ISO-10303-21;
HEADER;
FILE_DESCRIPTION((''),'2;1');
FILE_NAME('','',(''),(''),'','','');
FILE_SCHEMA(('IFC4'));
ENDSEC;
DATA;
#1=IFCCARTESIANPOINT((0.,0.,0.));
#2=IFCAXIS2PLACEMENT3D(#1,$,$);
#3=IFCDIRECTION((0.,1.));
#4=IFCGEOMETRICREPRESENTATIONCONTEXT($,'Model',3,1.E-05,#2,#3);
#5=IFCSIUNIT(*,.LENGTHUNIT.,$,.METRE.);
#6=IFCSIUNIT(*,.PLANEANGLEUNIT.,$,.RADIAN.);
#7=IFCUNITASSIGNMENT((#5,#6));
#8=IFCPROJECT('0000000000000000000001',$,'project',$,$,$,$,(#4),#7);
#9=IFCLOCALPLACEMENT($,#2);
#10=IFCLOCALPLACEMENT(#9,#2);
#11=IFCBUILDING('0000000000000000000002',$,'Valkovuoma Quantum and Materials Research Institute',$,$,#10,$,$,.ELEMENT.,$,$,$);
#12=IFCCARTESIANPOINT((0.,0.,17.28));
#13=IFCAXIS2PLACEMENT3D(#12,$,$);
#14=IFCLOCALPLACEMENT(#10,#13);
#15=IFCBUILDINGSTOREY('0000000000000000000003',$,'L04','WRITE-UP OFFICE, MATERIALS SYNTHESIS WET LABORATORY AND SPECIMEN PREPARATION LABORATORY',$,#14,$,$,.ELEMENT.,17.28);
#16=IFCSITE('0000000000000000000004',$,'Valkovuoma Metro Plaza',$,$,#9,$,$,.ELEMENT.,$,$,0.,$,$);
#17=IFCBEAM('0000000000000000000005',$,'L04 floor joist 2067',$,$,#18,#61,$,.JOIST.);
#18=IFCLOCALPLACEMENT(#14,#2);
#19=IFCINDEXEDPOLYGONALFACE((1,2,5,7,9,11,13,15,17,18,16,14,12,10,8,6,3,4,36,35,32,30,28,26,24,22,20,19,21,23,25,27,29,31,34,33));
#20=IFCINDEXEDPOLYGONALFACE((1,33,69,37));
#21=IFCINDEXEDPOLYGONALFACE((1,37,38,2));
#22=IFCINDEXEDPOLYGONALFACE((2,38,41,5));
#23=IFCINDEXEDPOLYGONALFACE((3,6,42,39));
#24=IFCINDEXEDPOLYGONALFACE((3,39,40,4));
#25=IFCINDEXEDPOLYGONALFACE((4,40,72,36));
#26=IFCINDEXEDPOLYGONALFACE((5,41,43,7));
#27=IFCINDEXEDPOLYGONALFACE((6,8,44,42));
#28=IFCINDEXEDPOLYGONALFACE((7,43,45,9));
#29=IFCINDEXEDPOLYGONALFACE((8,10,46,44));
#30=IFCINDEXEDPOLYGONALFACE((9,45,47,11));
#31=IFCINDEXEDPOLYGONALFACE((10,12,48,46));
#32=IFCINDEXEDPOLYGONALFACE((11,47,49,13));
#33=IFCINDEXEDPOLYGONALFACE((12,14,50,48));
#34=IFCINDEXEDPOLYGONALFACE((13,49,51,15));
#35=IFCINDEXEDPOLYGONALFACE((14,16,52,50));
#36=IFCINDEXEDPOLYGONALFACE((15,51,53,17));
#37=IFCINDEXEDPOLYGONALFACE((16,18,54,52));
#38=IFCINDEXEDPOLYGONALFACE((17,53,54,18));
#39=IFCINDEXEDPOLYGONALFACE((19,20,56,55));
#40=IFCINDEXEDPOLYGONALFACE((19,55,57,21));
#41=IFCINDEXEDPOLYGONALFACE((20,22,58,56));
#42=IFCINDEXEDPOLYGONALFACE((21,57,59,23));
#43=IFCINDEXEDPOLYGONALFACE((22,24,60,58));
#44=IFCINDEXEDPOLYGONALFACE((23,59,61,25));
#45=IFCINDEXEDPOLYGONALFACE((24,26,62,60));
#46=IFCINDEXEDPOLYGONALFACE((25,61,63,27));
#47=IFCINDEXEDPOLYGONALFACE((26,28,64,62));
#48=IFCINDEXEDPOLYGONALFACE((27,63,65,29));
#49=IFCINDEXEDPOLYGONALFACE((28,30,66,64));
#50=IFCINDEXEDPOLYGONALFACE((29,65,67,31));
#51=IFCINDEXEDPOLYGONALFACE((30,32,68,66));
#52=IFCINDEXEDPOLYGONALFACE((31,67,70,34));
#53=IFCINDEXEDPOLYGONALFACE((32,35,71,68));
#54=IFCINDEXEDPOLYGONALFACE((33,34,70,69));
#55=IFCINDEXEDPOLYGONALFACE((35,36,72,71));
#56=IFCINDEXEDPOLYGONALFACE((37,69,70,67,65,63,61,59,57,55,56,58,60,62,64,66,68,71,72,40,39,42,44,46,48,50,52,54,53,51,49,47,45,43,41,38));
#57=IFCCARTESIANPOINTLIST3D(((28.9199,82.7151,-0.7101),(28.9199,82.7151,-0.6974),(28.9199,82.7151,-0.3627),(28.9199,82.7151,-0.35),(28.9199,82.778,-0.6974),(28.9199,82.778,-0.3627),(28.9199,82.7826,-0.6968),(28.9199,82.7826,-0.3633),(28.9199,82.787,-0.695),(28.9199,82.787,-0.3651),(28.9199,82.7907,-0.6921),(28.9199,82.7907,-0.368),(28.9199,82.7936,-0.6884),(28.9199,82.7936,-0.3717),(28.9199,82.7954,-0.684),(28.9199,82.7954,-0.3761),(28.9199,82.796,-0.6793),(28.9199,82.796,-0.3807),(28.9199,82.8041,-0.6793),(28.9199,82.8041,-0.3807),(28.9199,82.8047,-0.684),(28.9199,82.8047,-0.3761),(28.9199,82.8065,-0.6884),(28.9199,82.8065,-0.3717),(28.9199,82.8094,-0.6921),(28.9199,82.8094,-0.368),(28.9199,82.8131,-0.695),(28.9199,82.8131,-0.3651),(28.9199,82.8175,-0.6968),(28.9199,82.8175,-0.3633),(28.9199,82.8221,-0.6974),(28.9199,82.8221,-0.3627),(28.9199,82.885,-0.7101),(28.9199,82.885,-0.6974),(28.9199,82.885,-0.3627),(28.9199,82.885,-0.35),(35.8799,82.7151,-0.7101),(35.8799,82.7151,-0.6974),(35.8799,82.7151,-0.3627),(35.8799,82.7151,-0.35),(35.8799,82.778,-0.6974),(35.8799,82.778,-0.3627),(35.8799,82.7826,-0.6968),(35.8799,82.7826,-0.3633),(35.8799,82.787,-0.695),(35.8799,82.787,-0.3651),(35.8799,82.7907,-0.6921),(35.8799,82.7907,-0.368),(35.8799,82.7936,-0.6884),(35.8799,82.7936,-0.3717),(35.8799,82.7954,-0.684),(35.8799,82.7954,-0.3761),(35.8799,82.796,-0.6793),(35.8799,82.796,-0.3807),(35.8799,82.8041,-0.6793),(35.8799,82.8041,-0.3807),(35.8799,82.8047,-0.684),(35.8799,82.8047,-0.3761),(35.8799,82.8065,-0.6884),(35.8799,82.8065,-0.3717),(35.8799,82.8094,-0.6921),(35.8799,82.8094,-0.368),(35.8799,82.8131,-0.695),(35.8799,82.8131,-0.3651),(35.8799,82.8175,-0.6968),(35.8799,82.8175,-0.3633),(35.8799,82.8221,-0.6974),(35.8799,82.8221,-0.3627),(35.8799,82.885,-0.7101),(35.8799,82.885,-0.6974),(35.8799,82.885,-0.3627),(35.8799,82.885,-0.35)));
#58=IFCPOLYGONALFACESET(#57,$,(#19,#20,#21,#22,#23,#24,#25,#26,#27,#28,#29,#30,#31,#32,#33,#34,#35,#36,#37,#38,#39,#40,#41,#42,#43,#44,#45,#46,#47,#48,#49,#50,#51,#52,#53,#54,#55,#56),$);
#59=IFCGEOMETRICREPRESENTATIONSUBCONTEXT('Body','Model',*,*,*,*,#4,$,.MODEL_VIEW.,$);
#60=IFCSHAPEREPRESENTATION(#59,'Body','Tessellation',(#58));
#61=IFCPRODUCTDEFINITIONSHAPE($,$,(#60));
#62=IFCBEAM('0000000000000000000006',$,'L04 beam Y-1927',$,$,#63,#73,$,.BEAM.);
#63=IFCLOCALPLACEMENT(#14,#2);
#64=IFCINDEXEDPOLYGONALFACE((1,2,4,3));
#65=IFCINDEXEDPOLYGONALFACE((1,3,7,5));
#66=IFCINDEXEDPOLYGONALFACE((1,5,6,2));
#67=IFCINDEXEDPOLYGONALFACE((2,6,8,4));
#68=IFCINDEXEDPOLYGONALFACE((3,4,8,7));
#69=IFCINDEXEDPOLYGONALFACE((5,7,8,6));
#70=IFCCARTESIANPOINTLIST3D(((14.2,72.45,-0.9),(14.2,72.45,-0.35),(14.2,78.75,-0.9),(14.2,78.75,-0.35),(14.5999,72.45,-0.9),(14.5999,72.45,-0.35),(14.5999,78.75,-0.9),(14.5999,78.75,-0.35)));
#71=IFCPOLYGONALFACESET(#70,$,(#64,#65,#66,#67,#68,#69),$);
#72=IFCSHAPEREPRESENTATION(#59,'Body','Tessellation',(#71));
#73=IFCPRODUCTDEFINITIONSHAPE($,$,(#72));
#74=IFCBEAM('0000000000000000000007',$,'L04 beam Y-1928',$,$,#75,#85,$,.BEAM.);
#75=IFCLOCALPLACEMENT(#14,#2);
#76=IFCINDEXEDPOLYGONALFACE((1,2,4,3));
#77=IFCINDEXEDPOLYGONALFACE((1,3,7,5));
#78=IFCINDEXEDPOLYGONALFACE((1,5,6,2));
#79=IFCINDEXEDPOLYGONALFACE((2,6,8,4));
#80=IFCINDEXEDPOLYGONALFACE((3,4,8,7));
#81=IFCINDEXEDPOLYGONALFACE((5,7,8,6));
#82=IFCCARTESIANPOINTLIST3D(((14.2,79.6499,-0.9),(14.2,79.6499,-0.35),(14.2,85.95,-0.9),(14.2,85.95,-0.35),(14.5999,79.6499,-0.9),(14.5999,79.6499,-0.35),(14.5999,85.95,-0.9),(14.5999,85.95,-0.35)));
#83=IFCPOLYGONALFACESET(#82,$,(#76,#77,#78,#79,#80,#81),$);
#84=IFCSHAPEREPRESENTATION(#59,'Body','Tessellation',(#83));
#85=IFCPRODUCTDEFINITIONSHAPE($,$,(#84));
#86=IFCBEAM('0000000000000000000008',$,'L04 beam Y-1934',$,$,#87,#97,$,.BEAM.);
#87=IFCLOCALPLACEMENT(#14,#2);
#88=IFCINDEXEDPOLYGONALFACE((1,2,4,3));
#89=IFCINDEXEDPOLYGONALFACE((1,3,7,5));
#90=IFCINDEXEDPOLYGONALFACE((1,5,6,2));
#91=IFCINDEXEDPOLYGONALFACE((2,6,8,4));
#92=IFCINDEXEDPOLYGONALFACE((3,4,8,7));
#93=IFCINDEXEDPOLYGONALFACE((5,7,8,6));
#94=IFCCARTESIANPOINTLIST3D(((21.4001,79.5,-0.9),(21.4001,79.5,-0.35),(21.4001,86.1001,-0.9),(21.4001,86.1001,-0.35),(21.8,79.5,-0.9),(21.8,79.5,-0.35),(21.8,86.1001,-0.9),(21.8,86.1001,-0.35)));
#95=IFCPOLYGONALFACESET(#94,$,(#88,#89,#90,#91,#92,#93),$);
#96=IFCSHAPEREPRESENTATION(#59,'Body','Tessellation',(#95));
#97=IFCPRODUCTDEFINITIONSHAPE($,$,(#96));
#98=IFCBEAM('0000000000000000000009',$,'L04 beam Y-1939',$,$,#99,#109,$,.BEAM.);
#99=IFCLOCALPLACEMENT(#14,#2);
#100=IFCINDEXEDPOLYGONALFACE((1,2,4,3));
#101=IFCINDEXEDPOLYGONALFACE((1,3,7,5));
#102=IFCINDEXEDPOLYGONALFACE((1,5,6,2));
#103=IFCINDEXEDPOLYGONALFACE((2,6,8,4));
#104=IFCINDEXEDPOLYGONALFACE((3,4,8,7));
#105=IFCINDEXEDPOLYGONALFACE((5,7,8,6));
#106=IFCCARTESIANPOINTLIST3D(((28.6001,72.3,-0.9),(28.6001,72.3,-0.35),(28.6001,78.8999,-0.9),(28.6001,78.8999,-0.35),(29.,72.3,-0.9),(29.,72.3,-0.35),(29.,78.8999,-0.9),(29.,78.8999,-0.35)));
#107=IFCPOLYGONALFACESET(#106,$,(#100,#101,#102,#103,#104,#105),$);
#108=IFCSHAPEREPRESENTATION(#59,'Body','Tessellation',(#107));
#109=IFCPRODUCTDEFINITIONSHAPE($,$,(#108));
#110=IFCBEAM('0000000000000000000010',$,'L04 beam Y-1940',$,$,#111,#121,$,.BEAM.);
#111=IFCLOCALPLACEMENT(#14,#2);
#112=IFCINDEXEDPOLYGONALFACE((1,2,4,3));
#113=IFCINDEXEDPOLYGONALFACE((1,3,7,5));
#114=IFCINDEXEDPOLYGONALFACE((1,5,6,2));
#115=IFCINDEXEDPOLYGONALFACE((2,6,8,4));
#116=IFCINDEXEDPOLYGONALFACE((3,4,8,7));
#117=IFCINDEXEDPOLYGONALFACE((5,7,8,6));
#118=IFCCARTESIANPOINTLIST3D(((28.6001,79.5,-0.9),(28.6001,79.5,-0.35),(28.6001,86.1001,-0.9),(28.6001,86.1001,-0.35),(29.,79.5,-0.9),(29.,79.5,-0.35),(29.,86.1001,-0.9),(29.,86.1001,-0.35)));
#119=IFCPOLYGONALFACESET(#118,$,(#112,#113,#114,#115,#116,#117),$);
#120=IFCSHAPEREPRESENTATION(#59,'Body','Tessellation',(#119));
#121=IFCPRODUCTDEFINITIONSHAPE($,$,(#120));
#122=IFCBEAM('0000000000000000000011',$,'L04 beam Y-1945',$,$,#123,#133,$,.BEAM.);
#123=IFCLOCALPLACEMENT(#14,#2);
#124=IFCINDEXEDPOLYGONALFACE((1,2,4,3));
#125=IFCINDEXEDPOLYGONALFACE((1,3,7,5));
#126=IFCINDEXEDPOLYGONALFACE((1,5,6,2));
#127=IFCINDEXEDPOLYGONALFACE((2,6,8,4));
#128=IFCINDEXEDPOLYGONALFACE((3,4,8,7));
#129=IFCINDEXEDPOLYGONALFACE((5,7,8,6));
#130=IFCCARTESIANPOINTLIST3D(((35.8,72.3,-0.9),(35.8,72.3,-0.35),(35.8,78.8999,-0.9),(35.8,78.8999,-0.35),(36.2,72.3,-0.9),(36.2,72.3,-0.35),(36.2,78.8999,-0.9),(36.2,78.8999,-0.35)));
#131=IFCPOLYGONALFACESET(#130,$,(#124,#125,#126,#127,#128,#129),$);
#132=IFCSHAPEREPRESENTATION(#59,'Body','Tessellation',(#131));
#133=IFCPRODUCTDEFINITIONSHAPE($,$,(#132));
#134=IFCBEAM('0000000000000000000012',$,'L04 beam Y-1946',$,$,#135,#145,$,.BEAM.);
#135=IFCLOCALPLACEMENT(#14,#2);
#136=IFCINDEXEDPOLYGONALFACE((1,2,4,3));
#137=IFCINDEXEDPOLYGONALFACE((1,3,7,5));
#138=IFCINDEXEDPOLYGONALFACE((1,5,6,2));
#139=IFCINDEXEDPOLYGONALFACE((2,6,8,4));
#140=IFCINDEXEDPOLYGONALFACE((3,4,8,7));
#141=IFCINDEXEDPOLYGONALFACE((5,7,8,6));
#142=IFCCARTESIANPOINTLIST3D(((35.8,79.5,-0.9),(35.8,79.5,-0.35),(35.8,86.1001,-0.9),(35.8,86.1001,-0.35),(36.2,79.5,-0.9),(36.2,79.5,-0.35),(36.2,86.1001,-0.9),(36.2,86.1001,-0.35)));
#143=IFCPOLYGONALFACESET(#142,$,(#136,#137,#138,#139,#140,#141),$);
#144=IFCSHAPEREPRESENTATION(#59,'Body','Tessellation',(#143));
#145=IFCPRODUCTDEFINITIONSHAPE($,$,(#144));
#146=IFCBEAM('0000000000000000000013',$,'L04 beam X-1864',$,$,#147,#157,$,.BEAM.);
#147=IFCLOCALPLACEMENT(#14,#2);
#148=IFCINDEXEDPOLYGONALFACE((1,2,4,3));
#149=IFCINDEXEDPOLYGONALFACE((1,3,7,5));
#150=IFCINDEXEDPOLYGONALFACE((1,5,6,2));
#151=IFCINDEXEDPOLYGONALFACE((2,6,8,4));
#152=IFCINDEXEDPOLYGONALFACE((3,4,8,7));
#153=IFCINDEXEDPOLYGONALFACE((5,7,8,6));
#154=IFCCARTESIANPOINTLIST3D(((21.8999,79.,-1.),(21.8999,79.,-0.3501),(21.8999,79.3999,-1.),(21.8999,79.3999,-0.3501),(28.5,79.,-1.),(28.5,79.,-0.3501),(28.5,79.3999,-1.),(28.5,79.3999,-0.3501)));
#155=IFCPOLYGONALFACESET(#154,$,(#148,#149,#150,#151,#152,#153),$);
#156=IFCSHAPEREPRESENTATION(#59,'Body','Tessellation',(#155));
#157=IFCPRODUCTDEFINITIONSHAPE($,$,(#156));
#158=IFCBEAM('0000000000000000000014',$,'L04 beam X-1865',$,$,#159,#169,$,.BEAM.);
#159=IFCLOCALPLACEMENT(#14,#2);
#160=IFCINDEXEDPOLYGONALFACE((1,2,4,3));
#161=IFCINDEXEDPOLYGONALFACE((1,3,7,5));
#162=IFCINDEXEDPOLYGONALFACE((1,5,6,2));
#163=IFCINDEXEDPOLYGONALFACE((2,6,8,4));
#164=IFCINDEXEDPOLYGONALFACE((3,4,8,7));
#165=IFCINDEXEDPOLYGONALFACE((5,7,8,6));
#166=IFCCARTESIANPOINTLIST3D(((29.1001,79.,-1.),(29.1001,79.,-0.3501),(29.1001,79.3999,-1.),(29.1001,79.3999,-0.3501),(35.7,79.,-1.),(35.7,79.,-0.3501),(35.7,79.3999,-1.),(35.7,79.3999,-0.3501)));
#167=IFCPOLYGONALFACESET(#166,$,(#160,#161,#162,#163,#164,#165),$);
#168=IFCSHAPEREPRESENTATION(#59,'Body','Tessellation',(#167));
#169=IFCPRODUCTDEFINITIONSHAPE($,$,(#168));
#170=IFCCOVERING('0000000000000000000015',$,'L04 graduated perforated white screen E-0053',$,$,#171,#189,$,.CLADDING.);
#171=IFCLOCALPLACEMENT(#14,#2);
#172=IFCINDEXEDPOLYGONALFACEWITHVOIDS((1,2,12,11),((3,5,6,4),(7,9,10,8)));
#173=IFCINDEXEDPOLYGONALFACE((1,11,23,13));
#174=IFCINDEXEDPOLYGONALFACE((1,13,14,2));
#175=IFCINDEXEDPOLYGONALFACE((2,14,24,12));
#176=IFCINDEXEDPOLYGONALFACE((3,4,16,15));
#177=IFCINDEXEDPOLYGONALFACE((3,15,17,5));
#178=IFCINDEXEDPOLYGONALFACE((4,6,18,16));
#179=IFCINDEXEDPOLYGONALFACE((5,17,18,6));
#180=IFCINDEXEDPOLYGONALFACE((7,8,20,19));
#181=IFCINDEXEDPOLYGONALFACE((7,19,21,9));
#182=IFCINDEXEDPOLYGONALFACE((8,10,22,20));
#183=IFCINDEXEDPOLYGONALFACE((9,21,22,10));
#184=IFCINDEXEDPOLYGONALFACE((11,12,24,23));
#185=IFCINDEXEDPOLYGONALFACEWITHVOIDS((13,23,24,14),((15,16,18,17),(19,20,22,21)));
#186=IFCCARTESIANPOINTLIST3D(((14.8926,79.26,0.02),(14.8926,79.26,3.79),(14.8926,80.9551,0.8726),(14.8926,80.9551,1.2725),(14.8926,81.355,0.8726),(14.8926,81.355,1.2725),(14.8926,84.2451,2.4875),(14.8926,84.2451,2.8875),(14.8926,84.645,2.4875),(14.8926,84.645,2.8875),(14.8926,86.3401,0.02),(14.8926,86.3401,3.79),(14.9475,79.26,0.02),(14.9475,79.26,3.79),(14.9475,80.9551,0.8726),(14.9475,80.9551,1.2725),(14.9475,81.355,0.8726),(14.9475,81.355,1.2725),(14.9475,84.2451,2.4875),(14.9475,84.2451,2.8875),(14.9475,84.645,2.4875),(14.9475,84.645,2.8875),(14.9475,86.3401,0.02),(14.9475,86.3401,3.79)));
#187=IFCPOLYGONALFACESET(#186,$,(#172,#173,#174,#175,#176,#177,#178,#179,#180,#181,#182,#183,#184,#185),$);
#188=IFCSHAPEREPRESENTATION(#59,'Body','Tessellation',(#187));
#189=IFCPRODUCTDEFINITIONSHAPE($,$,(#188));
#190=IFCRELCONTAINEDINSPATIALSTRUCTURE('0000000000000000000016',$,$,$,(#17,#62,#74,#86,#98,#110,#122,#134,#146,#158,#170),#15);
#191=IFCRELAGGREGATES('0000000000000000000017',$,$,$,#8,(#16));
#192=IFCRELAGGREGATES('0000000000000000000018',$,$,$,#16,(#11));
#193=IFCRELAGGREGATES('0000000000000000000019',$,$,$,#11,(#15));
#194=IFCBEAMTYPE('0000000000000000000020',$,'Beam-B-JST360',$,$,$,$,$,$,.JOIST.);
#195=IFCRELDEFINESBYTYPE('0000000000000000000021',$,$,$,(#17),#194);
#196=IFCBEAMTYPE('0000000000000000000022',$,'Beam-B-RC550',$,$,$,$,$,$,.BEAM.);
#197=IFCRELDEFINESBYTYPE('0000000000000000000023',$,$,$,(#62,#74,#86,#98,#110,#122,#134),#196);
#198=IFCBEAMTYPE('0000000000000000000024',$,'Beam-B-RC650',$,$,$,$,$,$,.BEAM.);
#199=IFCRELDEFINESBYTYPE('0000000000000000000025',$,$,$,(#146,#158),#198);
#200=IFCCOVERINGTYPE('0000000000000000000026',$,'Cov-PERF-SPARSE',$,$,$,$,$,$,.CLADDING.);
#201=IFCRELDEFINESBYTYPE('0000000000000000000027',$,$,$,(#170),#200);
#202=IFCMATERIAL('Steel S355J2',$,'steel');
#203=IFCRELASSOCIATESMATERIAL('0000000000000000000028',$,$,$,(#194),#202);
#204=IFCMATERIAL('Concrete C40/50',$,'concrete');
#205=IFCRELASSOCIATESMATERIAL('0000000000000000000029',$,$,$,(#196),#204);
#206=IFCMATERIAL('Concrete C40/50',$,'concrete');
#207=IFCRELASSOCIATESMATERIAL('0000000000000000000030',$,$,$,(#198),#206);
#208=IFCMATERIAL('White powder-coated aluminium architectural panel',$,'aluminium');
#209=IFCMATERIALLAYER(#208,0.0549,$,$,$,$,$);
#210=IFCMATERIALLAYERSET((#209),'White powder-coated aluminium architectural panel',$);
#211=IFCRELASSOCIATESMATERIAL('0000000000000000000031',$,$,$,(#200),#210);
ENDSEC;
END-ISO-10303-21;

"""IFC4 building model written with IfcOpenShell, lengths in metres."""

from ifc_helpers import new_model, si_unit, direction, frame, origin, origin_2d, place, context, subcontext, project, spatial, polyline, rectangle, i_section, outline, extrude, material, layer, layer_set, material_profile, profile_set, type_object, element, save


model = new_model("IFC4")

# Units and contexts
model_context = context("Model", 3, precision=1e-05, world=origin(), true_north=direction((0.0, 1.0)))
body_context = subcontext(model_context, "Body", "Model", "MODEL_VIEW")
ifc_project = project(units=[si_unit("LENGTHUNIT", "METRE"), si_unit("PLANEANGLEUNIT", "RADIAN")], contexts=[model_context])

# Site, building, storey
site_placement = place(None, origin())
site = spatial("IfcSite", under=ifc_project, at=site_placement, Name="Valkovuoma Metro Plaza", CompositionType="ELEMENT", RefElevation=0.0)
building_placement = place(site_placement, origin())
building = spatial("IfcBuilding", under=site, at=building_placement, Name="Valkovuoma Quantum and Materials Research Institute", CompositionType="ELEMENT")
storey_placement = place(building_placement, frame((0.0, 0.0, 17.28)))
storey = spatial("IfcBuildingStorey", under=building, at=storey_placement, Name="L04", Description="WRITE-UP OFFICE, MATERIALS SYNTHESIS WET LABORATORY AND SPECIMEN PREPARATION LABORATORY", CompositionType="ELEMENT", Elevation=17.28)

# Beams
ifc_material_1 = material(Name="Steel S355J2", Category="steel")
ifc_material_profile_1 = material_profile(ifc_material_1, i_section(OverallWidth=0.1699, OverallDepth=0.3601, WebThickness=0.0081, FlangeThickness=0.0127, FilletRadius=0.0181, at=origin_2d()), Name="Steel S355J2")
ifc_profile_set_1 = profile_set([ifc_material_profile_1], Name="Steel S355J2")
beam_type_1 = type_object("IfcBeamType", Name="Beam-B-JST360", PredefinedType="JOIST", material=ifc_profile_set_1)
for number, where, z_axis, x_axis, name in (
    (1, (28.9199, 82.8, -0.53), (1.0, 0.0, 0.0), (0.0, 1.0, 0.0), "L04 floor joist 2067"),
):
    element("IfcBeam", number, at=place(storey_placement, frame(where, z_axis=z_axis, x_axis=x_axis)), inside=storey, type_object=beam_type_1, Name=name, PredefinedType="JOIST", context=body_context, shape_type="SweptSolid", body=[
        extrude(i_section(OverallWidth=0.1699, OverallDepth=0.3601, WebThickness=0.0081, FlangeThickness=0.0127, FilletRadius=0.0181, at=origin_2d()), origin(), (0.0, 0.0, 1.0), 6.96),
    ])
ifc_material_2 = material(Name="Concrete C40/50", Category="concrete")
ifc_material_profile_2 = material_profile(ifc_material_2, rectangle(XDim=0.3999, YDim=0.55, at=origin_2d()), Name="Concrete C40/50")
ifc_profile_set_2 = profile_set([ifc_material_profile_2], Name="Concrete C40/50")
beam_type_2 = type_object("IfcBeamType", Name="Beam-B-RC550", PredefinedType="BEAM", material=ifc_profile_set_2)
for number, where, z_axis, x_axis, name in (
    (2, (14.3999, 72.45, -0.625), (0.0, 1.0, 0.0), (-1.0, 0.0, 0.0), "L04 beam Y-1927"),
    (3, (14.3999, 79.6499, -0.625), (0.0, 1.0, 0.0), (-1.0, 0.0, 0.0), "L04 beam Y-1928"),
):
    element("IfcBeam", number, at=place(storey_placement, frame(where, z_axis=z_axis, x_axis=x_axis)), inside=storey, type_object=beam_type_2, Name=name, PredefinedType="BEAM", context=body_context, shape_type="SweptSolid", body=[
        extrude(rectangle(XDim=0.3999, YDim=0.55, at=origin_2d()), origin(), (0.0, 0.0, 1.0), 6.3),
    ])
beam_1_placement = place(storey_placement, frame((21.6001, 79.5, -0.625), z_axis=(0.0, 1.0, 0.0), x_axis=(-1.0, 0.0, 0.0)))
element("IfcBeam", 4, at=beam_1_placement, inside=storey, type_object=beam_type_2, Name="L04 beam Y-1934", PredefinedType="BEAM", context=body_context, shape_type="SweptSolid", body=[
    extrude(rectangle(XDim=0.3999, YDim=0.55, at=origin_2d()), origin(), (0.0, 0.0, 1.0), 6.6001),
])
beam_2_placement = place(storey_placement, frame((28.8, 72.3, -0.625), z_axis=(0.0, 1.0, 0.0), x_axis=(-1.0, 0.0, 0.0)))
element("IfcBeam", 5, at=beam_2_placement, inside=storey, type_object=beam_type_2, Name="L04 beam Y-1939", PredefinedType="BEAM", context=body_context, shape_type="SweptSolid", body=[
    extrude(rectangle(XDim=0.3999, YDim=0.55, at=origin_2d()), origin(), (0.0, 0.0, 1.0), 6.5999),
])
beam_3_placement = place(storey_placement, frame((28.8, 79.5, -0.625), z_axis=(0.0, 1.0, 0.0), x_axis=(-1.0, 0.0, 0.0)))
element("IfcBeam", 6, at=beam_3_placement, inside=storey, type_object=beam_type_2, Name="L04 beam Y-1940", PredefinedType="BEAM", context=body_context, shape_type="SweptSolid", body=[
    extrude(rectangle(XDim=0.3999, YDim=0.55, at=origin_2d()), origin(), (0.0, 0.0, 1.0), 6.6001),
])
beam_4_placement = place(storey_placement, frame((36.0, 72.3, -0.625), z_axis=(0.0, 1.0, 0.0), x_axis=(-1.0, 0.0, 0.0)))
element("IfcBeam", 7, at=beam_4_placement, inside=storey, type_object=beam_type_2, Name="L04 beam Y-1945", PredefinedType="BEAM", context=body_context, shape_type="SweptSolid", body=[
    extrude(rectangle(XDim=0.3999, YDim=0.55, at=origin_2d()), origin(), (0.0, 0.0, 1.0), 6.5999),
])
beam_5_placement = place(storey_placement, frame((36.0, 79.5, -0.625), z_axis=(0.0, 1.0, 0.0), x_axis=(-1.0, 0.0, 0.0)))
element("IfcBeam", 8, at=beam_5_placement, inside=storey, type_object=beam_type_2, Name="L04 beam Y-1946", PredefinedType="BEAM", context=body_context, shape_type="SweptSolid", body=[
    extrude(rectangle(XDim=0.3999, YDim=0.55, at=origin_2d()), origin(), (0.0, 0.0, 1.0), 6.6001),
])
ifc_material_3 = material(Name="Concrete C40/50", Category="concrete")
ifc_material_profile_3 = material_profile(ifc_material_3, rectangle(XDim=0.3999, YDim=0.6499, at=origin_2d()), Name="Concrete C40/50")
ifc_profile_set_3 = profile_set([ifc_material_profile_3], Name="Concrete C40/50")
beam_type_3 = type_object("IfcBeamType", Name="Beam-B-RC650", PredefinedType="BEAM", material=ifc_profile_set_3)
beam_6_placement = place(storey_placement, frame((21.8999, 79.2, -0.675), z_axis=(1.0, 0.0, 0.0), x_axis=(0.0, 1.0, 0.0)))
element("IfcBeam", 9, at=beam_6_placement, inside=storey, type_object=beam_type_3, Name="L04 beam X-1864", PredefinedType="BEAM", context=body_context, shape_type="SweptSolid", body=[
    extrude(rectangle(XDim=0.3999, YDim=0.6499, at=origin_2d()), origin(), (0.0, 0.0, 1.0), 6.6001),
])
beam_7_placement = place(storey_placement, frame((29.1001, 79.2, -0.675), z_axis=(1.0, 0.0, 0.0), x_axis=(0.0, 1.0, 0.0)))
element("IfcBeam", 10, at=beam_7_placement, inside=storey, type_object=beam_type_3, Name="L04 beam X-1865", PredefinedType="BEAM", context=body_context, shape_type="SweptSolid", body=[
    extrude(rectangle(XDim=0.3999, YDim=0.6499, at=origin_2d()), origin(), (0.0, 0.0, 1.0), 6.5999),
])

# Covering
ifc_material_4 = material(Name="White powder-coated aluminium architectural panel", Category="aluminium")
ifc_layer = layer(ifc_material_4, 0.0549)
ifc_layer_set = layer_set([ifc_layer], Name="White powder-coated aluminium architectural panel")
covering_type = type_object("IfcCoveringType", Name="Cov-PERF-SPARSE", PredefinedType="CLADDING", material=ifc_layer_set)
covering_placement = place(storey_placement, frame((14.9199, 79.26, 0.02), z_axis=(0.0, 0.0, 1.0), x_axis=(0.0, 1.0, 0.0)))
element("IfcCovering", 11, at=covering_placement, inside=storey, type_object=covering_type, Name="L04 graduated perforated white screen E-0053", PredefinedType="CLADDING", context=body_context, shape_type="SweptSolid", body=[
    extrude(outline(polyline([(0.0, 0.0), (7.0801, 0.0), (7.0801, 3.77), (0.0, 3.77), (0.0, 0.0)]), holes=[polyline([(1.6951, 0.8525), (1.6951, 1.2524), (2.095, 1.2524), (2.095, 0.8525), (1.6951, 0.8525)]), polyline([(4.9851, 2.4675), (4.9851, 2.8674), (5.385, 2.8674), (5.385, 2.4675), (4.9851, 2.4675)])]), frame((0.0, 0.0273, 0.0), z_axis=(0.0, -1.0, 0.0), x_axis=(1.0, 0.0, 0.0)), (0.0, 0.0, 1.0), 0.0549),
])

save(model, "model.ifc")
